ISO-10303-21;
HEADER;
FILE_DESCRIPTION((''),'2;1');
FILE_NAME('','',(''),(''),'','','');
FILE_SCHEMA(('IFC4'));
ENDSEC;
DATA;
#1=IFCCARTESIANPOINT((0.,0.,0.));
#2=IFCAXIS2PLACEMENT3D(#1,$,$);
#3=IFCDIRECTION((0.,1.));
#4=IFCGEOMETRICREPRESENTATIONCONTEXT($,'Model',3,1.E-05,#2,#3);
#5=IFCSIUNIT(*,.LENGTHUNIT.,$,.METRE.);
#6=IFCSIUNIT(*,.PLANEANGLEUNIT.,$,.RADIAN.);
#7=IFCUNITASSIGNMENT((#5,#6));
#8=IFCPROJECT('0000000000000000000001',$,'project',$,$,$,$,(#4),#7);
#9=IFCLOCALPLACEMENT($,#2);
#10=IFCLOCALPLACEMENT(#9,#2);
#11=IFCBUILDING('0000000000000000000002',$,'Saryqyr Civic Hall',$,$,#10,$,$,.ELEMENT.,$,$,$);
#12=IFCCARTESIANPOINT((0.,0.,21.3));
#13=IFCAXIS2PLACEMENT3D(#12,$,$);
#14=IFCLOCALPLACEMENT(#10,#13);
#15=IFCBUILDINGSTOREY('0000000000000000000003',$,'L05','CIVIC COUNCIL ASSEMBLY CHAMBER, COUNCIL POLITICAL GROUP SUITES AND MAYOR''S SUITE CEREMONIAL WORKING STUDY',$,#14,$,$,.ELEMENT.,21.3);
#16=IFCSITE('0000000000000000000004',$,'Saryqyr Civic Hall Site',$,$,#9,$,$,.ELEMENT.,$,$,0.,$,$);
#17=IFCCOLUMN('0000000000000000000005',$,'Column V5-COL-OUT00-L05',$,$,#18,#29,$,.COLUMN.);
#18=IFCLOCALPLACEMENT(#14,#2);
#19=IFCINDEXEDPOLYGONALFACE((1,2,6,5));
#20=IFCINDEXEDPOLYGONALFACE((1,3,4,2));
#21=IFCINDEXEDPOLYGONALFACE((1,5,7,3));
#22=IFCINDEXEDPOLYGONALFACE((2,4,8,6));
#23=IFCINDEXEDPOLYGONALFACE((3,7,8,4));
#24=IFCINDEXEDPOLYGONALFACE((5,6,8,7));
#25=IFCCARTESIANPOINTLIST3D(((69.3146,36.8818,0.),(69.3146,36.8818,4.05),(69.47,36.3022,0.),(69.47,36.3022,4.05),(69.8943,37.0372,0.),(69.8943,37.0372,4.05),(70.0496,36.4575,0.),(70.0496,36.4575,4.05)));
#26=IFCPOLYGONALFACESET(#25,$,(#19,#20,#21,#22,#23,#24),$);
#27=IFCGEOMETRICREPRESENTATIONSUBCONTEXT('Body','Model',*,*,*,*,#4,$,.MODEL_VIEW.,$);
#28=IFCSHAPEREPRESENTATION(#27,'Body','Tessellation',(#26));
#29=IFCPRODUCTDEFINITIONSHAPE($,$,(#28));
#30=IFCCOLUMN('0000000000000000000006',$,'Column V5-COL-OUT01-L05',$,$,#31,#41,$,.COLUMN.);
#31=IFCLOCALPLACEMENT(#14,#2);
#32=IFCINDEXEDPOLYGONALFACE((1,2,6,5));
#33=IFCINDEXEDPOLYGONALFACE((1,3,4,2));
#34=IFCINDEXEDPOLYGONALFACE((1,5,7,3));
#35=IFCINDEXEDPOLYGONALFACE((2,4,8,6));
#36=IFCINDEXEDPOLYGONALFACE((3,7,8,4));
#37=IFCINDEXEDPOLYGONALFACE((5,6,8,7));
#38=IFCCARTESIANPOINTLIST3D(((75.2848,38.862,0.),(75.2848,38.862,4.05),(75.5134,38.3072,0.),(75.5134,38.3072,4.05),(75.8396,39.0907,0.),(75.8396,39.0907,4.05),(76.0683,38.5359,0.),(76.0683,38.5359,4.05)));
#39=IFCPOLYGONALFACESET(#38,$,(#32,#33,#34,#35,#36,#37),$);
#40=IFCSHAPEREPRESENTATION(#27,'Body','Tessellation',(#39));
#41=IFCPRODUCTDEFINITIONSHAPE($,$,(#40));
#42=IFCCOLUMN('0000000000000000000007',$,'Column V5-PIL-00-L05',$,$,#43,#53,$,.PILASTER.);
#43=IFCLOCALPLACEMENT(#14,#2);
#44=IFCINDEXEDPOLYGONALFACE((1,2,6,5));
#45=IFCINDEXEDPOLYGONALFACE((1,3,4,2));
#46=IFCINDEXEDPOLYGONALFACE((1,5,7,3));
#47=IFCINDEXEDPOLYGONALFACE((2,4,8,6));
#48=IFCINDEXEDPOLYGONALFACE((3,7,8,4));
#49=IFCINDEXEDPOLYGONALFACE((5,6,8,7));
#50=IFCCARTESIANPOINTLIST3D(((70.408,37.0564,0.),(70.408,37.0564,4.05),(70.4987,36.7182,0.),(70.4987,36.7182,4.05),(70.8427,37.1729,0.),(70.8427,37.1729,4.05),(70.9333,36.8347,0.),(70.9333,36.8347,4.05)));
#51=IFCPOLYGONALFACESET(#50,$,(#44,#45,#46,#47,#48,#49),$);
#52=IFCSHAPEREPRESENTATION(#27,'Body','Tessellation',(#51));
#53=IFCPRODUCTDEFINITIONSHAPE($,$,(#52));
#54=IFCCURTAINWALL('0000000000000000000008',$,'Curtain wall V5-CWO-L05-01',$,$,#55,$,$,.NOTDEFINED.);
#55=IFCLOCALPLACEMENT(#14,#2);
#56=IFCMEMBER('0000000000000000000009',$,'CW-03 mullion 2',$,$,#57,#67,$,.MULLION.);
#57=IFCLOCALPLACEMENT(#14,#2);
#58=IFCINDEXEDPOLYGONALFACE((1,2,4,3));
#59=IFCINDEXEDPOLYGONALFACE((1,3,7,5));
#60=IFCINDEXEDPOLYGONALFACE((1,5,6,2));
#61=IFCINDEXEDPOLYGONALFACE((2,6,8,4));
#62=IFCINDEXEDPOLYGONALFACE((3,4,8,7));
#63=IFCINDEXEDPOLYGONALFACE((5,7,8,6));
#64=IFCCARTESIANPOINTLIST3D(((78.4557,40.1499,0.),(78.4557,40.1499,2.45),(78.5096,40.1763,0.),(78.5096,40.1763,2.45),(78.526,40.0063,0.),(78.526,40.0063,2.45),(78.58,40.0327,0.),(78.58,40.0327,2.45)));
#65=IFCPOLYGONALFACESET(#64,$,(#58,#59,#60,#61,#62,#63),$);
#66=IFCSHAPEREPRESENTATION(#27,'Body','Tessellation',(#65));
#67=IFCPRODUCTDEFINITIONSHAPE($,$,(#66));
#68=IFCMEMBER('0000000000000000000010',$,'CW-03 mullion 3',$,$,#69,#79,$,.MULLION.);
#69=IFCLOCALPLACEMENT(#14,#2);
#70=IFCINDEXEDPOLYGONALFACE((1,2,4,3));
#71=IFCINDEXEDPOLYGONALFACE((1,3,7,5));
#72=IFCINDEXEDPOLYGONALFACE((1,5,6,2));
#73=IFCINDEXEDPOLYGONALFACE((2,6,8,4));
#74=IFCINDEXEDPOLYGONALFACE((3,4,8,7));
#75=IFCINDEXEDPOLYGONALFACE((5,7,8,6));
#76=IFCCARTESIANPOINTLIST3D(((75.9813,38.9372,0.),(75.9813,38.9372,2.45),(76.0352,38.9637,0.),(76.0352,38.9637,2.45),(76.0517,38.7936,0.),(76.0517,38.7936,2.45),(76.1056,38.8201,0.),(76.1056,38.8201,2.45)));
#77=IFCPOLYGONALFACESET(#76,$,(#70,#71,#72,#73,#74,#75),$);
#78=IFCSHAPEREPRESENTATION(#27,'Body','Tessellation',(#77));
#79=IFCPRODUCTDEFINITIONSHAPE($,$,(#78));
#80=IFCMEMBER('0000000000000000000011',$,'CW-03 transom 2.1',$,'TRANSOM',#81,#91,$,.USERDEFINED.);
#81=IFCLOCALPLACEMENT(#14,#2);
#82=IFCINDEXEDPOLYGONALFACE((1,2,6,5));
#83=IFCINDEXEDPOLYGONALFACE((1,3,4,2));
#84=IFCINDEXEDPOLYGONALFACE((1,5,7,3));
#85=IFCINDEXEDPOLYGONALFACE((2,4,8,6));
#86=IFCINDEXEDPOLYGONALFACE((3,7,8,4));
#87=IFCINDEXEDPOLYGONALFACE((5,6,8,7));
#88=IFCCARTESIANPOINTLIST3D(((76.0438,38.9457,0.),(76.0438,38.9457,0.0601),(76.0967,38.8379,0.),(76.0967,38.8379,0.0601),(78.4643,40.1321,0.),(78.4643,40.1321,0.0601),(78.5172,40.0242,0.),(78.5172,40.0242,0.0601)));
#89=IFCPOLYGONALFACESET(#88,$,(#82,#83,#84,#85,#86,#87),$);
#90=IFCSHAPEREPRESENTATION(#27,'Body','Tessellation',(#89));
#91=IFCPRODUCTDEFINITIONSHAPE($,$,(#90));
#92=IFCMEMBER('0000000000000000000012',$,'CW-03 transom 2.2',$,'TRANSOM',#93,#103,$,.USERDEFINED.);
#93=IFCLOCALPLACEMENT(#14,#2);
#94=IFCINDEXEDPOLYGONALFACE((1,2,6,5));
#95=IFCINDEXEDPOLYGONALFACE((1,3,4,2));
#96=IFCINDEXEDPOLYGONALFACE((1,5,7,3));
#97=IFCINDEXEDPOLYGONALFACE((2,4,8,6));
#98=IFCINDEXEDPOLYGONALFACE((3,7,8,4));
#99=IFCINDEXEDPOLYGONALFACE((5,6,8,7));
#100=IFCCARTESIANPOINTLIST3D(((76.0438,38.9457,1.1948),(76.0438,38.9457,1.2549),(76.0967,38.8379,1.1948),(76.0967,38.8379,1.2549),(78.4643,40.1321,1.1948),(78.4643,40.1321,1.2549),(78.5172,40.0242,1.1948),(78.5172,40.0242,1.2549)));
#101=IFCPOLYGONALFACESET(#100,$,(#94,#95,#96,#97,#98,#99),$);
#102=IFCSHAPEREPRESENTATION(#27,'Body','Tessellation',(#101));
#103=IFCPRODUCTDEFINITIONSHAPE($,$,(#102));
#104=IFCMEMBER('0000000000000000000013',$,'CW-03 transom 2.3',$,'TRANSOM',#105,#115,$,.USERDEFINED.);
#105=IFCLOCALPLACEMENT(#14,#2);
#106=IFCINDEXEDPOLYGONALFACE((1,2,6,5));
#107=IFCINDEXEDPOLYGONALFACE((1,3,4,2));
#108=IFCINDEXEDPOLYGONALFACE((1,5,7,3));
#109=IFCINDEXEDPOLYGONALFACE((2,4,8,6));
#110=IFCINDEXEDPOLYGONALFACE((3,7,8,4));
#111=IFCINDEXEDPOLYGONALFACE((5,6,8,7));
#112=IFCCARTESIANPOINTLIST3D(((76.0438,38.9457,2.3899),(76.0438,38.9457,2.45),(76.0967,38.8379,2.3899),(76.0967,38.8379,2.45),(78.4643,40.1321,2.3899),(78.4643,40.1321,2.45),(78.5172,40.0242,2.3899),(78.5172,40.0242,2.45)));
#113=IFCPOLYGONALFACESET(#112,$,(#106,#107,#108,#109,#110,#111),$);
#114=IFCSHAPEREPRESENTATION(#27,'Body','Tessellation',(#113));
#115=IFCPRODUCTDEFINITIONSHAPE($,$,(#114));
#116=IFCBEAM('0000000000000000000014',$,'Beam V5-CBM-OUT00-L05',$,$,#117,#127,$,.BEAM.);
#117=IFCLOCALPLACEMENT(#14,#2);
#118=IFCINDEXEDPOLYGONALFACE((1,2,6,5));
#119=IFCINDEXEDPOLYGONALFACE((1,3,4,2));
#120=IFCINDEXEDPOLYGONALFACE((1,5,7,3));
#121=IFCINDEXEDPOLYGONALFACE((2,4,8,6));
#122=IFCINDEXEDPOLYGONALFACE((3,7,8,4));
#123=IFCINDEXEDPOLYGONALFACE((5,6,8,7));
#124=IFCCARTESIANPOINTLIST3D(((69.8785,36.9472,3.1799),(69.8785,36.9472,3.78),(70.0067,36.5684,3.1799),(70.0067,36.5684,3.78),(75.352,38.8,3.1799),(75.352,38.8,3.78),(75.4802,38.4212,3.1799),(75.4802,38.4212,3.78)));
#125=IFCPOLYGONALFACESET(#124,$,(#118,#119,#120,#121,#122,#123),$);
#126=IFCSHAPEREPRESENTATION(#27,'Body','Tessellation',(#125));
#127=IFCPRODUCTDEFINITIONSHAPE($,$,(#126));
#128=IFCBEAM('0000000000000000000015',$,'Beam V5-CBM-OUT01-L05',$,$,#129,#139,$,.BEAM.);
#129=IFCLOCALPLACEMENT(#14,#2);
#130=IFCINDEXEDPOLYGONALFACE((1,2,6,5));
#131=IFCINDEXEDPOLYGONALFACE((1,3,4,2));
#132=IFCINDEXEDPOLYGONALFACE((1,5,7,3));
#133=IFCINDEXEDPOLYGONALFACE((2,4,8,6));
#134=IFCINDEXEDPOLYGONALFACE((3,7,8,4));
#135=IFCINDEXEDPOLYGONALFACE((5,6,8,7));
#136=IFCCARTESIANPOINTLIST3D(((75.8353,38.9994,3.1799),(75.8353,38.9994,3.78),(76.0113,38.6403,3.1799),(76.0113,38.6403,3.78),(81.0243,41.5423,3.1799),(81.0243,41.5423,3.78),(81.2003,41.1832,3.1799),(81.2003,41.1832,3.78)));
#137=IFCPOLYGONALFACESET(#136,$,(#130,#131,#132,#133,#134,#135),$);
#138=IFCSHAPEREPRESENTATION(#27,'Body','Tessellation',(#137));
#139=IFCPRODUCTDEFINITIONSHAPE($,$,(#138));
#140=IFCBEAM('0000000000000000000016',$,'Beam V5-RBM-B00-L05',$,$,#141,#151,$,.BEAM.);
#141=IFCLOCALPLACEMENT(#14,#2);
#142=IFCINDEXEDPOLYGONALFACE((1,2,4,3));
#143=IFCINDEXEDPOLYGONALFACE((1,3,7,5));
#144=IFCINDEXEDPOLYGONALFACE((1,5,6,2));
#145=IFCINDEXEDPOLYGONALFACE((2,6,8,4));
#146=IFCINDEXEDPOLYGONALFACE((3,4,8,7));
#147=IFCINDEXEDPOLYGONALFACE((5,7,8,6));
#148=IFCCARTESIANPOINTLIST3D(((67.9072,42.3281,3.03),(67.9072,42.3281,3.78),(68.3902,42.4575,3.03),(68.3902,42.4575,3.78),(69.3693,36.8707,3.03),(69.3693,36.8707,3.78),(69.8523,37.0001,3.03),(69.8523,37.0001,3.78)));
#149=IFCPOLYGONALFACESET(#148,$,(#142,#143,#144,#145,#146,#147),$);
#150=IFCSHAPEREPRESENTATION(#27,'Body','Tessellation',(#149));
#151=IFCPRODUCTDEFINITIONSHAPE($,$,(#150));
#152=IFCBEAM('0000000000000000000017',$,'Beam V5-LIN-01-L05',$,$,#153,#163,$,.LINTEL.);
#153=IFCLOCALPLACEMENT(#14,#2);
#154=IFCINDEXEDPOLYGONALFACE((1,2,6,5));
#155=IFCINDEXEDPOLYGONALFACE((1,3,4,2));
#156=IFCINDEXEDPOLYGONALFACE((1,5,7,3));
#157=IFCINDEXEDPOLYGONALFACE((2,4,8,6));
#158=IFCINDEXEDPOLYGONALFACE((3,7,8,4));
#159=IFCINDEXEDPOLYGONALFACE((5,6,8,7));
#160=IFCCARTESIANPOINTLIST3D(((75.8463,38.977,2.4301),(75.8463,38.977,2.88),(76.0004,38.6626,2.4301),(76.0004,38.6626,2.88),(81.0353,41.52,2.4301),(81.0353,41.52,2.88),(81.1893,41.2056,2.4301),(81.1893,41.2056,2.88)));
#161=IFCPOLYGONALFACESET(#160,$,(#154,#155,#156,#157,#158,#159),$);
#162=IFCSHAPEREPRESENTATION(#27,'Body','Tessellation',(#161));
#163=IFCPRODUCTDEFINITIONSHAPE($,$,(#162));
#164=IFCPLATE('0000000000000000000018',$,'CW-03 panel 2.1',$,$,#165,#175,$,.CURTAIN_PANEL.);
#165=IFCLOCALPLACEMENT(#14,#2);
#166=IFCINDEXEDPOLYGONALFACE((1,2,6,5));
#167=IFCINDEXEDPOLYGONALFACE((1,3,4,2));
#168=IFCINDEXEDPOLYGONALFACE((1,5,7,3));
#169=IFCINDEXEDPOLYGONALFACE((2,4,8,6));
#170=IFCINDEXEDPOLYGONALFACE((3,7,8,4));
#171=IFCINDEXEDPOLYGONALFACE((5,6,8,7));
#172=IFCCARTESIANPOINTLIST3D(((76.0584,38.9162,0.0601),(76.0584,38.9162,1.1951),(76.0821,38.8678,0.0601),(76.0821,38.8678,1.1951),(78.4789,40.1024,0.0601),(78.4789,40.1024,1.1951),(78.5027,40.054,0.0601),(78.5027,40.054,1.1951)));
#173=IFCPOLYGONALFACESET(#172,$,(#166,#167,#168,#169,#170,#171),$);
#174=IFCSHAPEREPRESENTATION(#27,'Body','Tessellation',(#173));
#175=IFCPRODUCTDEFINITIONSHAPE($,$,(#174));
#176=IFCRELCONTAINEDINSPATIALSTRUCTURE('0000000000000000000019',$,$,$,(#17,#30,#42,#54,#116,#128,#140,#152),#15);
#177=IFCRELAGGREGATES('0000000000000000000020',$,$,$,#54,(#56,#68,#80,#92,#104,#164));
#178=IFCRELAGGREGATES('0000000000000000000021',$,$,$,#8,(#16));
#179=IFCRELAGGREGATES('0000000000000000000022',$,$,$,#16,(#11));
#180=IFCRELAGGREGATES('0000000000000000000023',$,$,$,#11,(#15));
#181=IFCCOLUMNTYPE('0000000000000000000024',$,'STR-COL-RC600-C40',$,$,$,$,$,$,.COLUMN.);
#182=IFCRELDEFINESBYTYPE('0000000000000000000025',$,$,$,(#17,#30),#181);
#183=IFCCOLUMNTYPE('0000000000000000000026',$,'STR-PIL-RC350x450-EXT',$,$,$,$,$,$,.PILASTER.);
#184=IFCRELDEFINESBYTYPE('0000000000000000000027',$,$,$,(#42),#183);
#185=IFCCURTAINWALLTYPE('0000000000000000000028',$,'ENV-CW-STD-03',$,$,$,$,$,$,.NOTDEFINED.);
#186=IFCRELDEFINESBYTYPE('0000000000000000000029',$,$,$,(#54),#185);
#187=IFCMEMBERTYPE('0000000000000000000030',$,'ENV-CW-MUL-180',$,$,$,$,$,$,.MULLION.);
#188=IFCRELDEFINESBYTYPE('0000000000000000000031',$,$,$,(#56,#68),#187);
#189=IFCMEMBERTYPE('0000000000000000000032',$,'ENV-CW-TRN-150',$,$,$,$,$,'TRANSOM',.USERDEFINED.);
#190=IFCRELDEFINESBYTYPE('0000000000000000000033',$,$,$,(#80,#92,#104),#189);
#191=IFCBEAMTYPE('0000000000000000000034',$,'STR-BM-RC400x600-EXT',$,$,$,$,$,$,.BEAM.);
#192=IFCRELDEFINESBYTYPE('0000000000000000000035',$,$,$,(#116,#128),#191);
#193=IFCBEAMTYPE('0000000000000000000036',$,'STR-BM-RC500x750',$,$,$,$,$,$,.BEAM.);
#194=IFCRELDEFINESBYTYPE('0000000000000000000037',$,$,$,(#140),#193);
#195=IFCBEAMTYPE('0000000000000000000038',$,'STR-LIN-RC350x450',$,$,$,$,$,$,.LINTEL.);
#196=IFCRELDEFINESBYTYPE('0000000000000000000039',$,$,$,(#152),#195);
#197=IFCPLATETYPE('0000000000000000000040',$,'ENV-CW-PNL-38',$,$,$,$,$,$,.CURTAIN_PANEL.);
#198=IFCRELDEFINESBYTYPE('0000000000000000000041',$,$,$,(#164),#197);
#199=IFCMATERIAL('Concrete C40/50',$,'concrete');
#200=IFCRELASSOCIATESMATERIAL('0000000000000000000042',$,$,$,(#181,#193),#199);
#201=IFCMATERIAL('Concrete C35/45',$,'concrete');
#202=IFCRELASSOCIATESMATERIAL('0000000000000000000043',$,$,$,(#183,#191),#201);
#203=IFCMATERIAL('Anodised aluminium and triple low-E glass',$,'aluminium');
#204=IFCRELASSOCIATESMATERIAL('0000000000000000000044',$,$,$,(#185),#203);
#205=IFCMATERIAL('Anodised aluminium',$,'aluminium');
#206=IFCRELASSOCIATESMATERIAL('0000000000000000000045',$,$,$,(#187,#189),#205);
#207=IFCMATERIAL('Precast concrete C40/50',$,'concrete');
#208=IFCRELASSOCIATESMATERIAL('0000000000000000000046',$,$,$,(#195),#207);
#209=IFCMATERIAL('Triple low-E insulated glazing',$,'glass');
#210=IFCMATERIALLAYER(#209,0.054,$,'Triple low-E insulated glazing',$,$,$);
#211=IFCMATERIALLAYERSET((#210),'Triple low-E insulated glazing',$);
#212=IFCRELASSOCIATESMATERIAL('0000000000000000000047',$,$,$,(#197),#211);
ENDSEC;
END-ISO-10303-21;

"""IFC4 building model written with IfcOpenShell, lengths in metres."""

from ifc_helpers import new_model, si_unit, direction, frame, origin, origin_2d, place, context, subcontext, project, spatial, rectangle, extrude, material, layer, layer_set, material_profile, profile_set, type_object, element, aggregate, save


model = new_model("IFC4")

# Units and contexts
model_context = context("Model", 3, precision=1e-05, world=origin(), true_north=direction((0.0, 1.0)))
body_context = subcontext(model_context, "Body", "Model", "MODEL_VIEW")
ifc_project = project(units=[si_unit("LENGTHUNIT", "METRE"), si_unit("PLANEANGLEUNIT", "RADIAN")], contexts=[model_context])

# Site, building, storey
site_placement = place(None, origin())
site = spatial("IfcSite", under=ifc_project, at=site_placement, Name="Saryqyr Civic Hall Site", CompositionType="ELEMENT", RefElevation=0.0)
building_placement = place(site_placement, origin())
building = spatial("IfcBuilding", under=site, at=building_placement, Name="Saryqyr Civic Hall", CompositionType="ELEMENT")
storey_placement = place(building_placement, frame((0.0, 0.0, 21.3)))
storey = spatial("IfcBuildingStorey", under=building, at=storey_placement, Name="L05", Description="CIVIC COUNCIL ASSEMBLY CHAMBER, COUNCIL POLITICAL GROUP SUITES AND MAYOR'S SUITE CEREMONIAL WORKING STUDY", CompositionType="ELEMENT", Elevation=21.3)

# Columns
ifc_material_1 = material(Name="Concrete C40/50", Category="concrete")
ifc_material_profile_1 = material_profile(ifc_material_1, rectangle(XDim=0.6001, YDim=0.6001, at=origin_2d()), Name="RC 600x600")
ifc_profile_set_1 = profile_set([ifc_material_profile_1], Name="Concrete C40/50")
column_type_1 = type_object("IfcColumnType", Name="STR-COL-RC600-C40", PredefinedType="COLUMN", material=ifc_profile_set_1)
for number, where, z_axis, x_axis, name in (
    (1, (69.6821, 36.6697, 0.0), (0.0, 0.0, 1.0), (0.258819, -0.965926, 0.0), "Column V5-COL-OUT00-L05"),
    (2, (75.6765, 38.699, 0.0), (0.0, 0.0, 1.0), (0.38107, -0.924546, 0.0), "Column V5-COL-OUT01-L05"),
):
    element("IfcColumn", number, at=place(storey_placement, frame(where, z_axis=z_axis, x_axis=x_axis)), inside=storey, type_object=column_type_1, Name=name, PredefinedType="COLUMN", context=body_context, shape_type="SweptSolid", body=[
        extrude(rectangle(XDim=0.6001, YDim=0.6001, at=origin_2d()), origin(), (0.0, 0.0, 1.0), 4.05),
    ])
ifc_material_2 = material(Name="Concrete C35/45", Category="concrete")
ifc_material_profile_2 = material_profile(ifc_material_2, rectangle(XDim=0.3501, YDim=0.45, at=origin_2d()), Name="RC 350x450")
ifc_profile_set_2 = profile_set([ifc_material_profile_2], Name="Concrete C35/45")
column_type_2 = type_object("IfcColumnType", Name="STR-PIL-RC350x450-EXT", PredefinedType="PILASTER", material=ifc_profile_set_2)
column_placement = place(storey_placement, frame((70.6707, 36.9456, 0.0), z_axis=(0.0, 0.0, 1.0), x_axis=(0.258819, -0.965926, 0.0)))
element("IfcColumn", 3, at=column_placement, inside=storey, type_object=column_type_2, Name="Column V5-PIL-00-L05", PredefinedType="PILASTER", context=body_context, shape_type="SweptSolid", body=[
    extrude(rectangle(XDim=0.3501, YDim=0.45, at=origin_2d()), origin(), (0.0, 0.0, 1.0), 4.05),
])

# Curtain wall, members
ifc_material_3 = material(Name="Anodised aluminium and triple low-E glass", Category="aluminium")
curtain_wall_type = type_object("IfcCurtainWallType", Name="ENV-CW-STD-03", PredefinedType="NOTDEFINED", material=ifc_material_3)
curtain_wall_placement = place(storey_placement, origin())
curtain_wall = element("IfcCurtainWall", 4, at=curtain_wall_placement, inside=storey, type_object=curtain_wall_type, Name="Curtain wall V5-CWO-L05-01", PredefinedType="NOTDEFINED")
ifc_material_4 = material(Name="Anodised aluminium", Category="aluminium")
ifc_material_profile_3 = material_profile(ifc_material_4, rectangle(XDim=0.0601, YDim=0.1599, at=origin_2d()), Name="ALU MULLION 60x160")
ifc_profile_set_3 = profile_set([ifc_material_profile_3], Name="Anodised aluminium")
member_type_1 = type_object("IfcMemberType", Name="ENV-CW-MUL-180", PredefinedType="MULLION", material=ifc_profile_set_3)
member_1_placement = place(storey_placement, frame((78.5178, 40.0913, 0.0), z_axis=(0.0, 0.0, 1.0), x_axis=(-0.897971, -0.440055, 0.0)))
member_1 = element("IfcMember", 5, at=member_1_placement, type_object=member_type_1, Name="CW-03 mullion 2", PredefinedType="MULLION", context=body_context, shape_type="SweptSolid", body=[
    extrude(rectangle(XDim=0.0601, YDim=0.1599, at=origin_2d()), origin(), (0.0, 0.0, 1.0), 2.45),
])
member_2_placement = place(storey_placement, frame((76.0435, 38.8787, 0.0), z_axis=(0.0, 0.0, 1.0), x_axis=(-0.897971, -0.440055, 0.0)))
member_2 = element("IfcMember", 6, at=member_2_placement, type_object=member_type_1, Name="CW-03 mullion 3", PredefinedType="MULLION", context=body_context, shape_type="SweptSolid", body=[
    extrude(rectangle(XDim=0.0601, YDim=0.1599, at=origin_2d()), origin(), (0.0, 0.0, 1.0), 2.45),
])
ifc_material_profile_4 = material_profile(ifc_material_4, rectangle(XDim=0.1201, YDim=0.0601, at=origin_2d()), Name="ALU TRANSOM 120x60")
ifc_profile_set_4 = profile_set([ifc_material_profile_4], Name="Anodised aluminium")
member_type_2 = type_object("IfcMemberType", Name="ENV-CW-TRN-150", ElementType="TRANSOM", PredefinedType="USERDEFINED", material=ifc_profile_set_4)
member_3_placement = place(storey_placement, frame((78.4907, 40.0781, 0.03), z_axis=(-0.897949, -0.440099, 0.0), x_axis=(0.440099, -0.897949, 0.0)))
member_3 = element("IfcMember", 7, at=member_3_placement, type_object=member_type_2, Name="CW-03 transom 2.1", ObjectType="TRANSOM", PredefinedType="USERDEFINED", context=body_context, shape_type="SweptSolid", body=[
    extrude(rectangle(XDim=0.1201, YDim=0.0601, at=origin_2d()), origin(), (0.0, 0.0, 1.0), 2.6956),
])
member_4_placement = place(storey_placement, frame((78.4907, 40.0781, 1.2249), z_axis=(-0.897949, -0.440099, 0.0), x_axis=(0.440099, -0.897949, 0.0)))
member_4 = element("IfcMember", 8, at=member_4_placement, type_object=member_type_2, Name="CW-03 transom 2.2", ObjectType="TRANSOM", PredefinedType="USERDEFINED", context=body_context, shape_type="SweptSolid", body=[
    extrude(rectangle(XDim=0.1201, YDim=0.0601, at=origin_2d()), origin(), (0.0, 0.0, 1.0), 2.6956),
])
member_5_placement = place(storey_placement, frame((78.4907, 40.0781, 2.4199), z_axis=(-0.897949, -0.440099, 0.0), x_axis=(0.440099, -0.897949, 0.0)))
member_5 = element("IfcMember", 9, at=member_5_placement, type_object=member_type_2, Name="CW-03 transom 2.3", ObjectType="TRANSOM", PredefinedType="USERDEFINED", context=body_context, shape_type="SweptSolid", body=[
    extrude(rectangle(XDim=0.1201, YDim=0.0601, at=origin_2d()), origin(), (0.0, 0.0, 1.0), 2.6956),
])

# Beams
ifc_material_profile_5 = material_profile(ifc_material_2, rectangle(XDim=0.3999, YDim=0.6001, at=origin_2d()), Name="RC 400x600")
ifc_profile_set_5 = profile_set([ifc_material_profile_5], Name="Concrete C35/45")
beam_type_1 = type_object("IfcBeamType", Name="STR-BM-RC400x600-EXT", PredefinedType="BEAM", material=ifc_profile_set_5)
for number, where, z_axis, x_axis, name in (
    (10, (69.9426, 36.7578, 3.48), (0.947203, 0.320635, 0.0), (-0.320635, 0.947203, 0.0), "Beam V5-CBM-OUT00-L05"),
    (11, (75.9233, 38.8198, 3.48), (0.897965, 0.440068, 0.0), (-0.440068, 0.897965, 0.0), "Beam V5-CBM-OUT01-L05"),
):
    element("IfcBeam", number, at=place(storey_placement, frame(where, z_axis=z_axis, x_axis=x_axis)), inside=storey, type_object=beam_type_1, Name=name, PredefinedType="BEAM", context=body_context, shape_type="SweptSolid", body=[
        extrude(rectangle(XDim=0.3999, YDim=0.6001, at=origin_2d()), origin(), (0.0, 0.0, 1.0), 5.7786),
    ])
ifc_material_profile_6 = material_profile(ifc_material_1, rectangle(XDim=0.5, YDim=0.75, at=origin_2d()), Name="RC 500x750")
ifc_profile_set_6 = profile_set([ifc_material_profile_6], Name="Concrete C40/50")
beam_type_2 = type_object("IfcBeamType", Name="STR-BM-RC500x750", PredefinedType="BEAM", material=ifc_profile_set_6)
beam_1_placement = place(storey_placement, frame((68.1487, 42.3928, 3.405), z_axis=(0.258789, -0.965934, 0.0), x_axis=(0.965934, 0.258789, 0.0)))
element("IfcBeam", 12, at=beam_1_placement, inside=storey, type_object=beam_type_2, Name="Beam V5-RBM-B00-L05", PredefinedType="BEAM", context=body_context, shape_type="SweptSolid", body=[
    extrude(rectangle(XDim=0.5, YDim=0.75, at=origin_2d()), origin(), (0.0, 0.0, 1.0), 5.6499),
])
ifc_material_5 = material(Name="Precast concrete C40/50", Category="concrete")
ifc_material_profile_7 = material_profile(ifc_material_5, rectangle(XDim=0.3501, YDim=0.45, at=origin_2d()), Name="RC 350x450")
ifc_profile_set_7 = profile_set([ifc_material_profile_7], Name="Precast concrete C40/50")
beam_type_3 = type_object("IfcBeamType", Name="STR-LIN-RC350x450", PredefinedType="LINTEL", material=ifc_profile_set_7)
beam_2_placement = place(storey_placement, frame((75.9233, 38.8198, 2.655), z_axis=(0.897965, 0.440068, 0.0), x_axis=(-0.440068, 0.897965, 0.0)))
element("IfcBeam", 13, at=beam_2_placement, inside=storey, type_object=beam_type_3, Name="Beam V5-LIN-01-L05", PredefinedType="LINTEL", context=body_context, shape_type="SweptSolid", body=[
    extrude(rectangle(XDim=0.3501, YDim=0.45, at=origin_2d()), origin(), (0.0, 0.0, 1.0), 5.7786),
])

# Plate
ifc_material_6 = material(Name="Triple low-E insulated glazing", Category="glass")
ifc_layer_1 = layer(ifc_material_6, 0.054, Name="Triple low-E insulated glazing")
ifc_layer_set_1 = layer_set([ifc_layer_1], Name="Triple low-E insulated glazing")
plate_type = type_object("IfcPlateType", Name="ENV-CW-PNL-38", PredefinedType="CURTAIN_PANEL", material=ifc_layer_set_1)
plate_1_placement = place(storey_placement, frame((77.2805, 39.4851, 0.0601), z_axis=(0.0, 0.0, 1.0), x_axis=(-0.897971, -0.440055, 0.0)))
plate_1 = element("IfcPlate", 14, at=plate_1_placement, type_object=plate_type, Name="CW-03 panel 2.1", PredefinedType="CURTAIN_PANEL", context=body_context, shape_type="SweptSolid", body=[
    extrude(rectangle(XDim=2.6956, YDim=0.054, at=origin_2d()), origin(), (0.0, 0.0, 1.0), 1.135),
])
aggregate(curtain_wall, [member_1, member_2, member_3, member_4, member_5, plate_1])

save(model, "model.ifc")
